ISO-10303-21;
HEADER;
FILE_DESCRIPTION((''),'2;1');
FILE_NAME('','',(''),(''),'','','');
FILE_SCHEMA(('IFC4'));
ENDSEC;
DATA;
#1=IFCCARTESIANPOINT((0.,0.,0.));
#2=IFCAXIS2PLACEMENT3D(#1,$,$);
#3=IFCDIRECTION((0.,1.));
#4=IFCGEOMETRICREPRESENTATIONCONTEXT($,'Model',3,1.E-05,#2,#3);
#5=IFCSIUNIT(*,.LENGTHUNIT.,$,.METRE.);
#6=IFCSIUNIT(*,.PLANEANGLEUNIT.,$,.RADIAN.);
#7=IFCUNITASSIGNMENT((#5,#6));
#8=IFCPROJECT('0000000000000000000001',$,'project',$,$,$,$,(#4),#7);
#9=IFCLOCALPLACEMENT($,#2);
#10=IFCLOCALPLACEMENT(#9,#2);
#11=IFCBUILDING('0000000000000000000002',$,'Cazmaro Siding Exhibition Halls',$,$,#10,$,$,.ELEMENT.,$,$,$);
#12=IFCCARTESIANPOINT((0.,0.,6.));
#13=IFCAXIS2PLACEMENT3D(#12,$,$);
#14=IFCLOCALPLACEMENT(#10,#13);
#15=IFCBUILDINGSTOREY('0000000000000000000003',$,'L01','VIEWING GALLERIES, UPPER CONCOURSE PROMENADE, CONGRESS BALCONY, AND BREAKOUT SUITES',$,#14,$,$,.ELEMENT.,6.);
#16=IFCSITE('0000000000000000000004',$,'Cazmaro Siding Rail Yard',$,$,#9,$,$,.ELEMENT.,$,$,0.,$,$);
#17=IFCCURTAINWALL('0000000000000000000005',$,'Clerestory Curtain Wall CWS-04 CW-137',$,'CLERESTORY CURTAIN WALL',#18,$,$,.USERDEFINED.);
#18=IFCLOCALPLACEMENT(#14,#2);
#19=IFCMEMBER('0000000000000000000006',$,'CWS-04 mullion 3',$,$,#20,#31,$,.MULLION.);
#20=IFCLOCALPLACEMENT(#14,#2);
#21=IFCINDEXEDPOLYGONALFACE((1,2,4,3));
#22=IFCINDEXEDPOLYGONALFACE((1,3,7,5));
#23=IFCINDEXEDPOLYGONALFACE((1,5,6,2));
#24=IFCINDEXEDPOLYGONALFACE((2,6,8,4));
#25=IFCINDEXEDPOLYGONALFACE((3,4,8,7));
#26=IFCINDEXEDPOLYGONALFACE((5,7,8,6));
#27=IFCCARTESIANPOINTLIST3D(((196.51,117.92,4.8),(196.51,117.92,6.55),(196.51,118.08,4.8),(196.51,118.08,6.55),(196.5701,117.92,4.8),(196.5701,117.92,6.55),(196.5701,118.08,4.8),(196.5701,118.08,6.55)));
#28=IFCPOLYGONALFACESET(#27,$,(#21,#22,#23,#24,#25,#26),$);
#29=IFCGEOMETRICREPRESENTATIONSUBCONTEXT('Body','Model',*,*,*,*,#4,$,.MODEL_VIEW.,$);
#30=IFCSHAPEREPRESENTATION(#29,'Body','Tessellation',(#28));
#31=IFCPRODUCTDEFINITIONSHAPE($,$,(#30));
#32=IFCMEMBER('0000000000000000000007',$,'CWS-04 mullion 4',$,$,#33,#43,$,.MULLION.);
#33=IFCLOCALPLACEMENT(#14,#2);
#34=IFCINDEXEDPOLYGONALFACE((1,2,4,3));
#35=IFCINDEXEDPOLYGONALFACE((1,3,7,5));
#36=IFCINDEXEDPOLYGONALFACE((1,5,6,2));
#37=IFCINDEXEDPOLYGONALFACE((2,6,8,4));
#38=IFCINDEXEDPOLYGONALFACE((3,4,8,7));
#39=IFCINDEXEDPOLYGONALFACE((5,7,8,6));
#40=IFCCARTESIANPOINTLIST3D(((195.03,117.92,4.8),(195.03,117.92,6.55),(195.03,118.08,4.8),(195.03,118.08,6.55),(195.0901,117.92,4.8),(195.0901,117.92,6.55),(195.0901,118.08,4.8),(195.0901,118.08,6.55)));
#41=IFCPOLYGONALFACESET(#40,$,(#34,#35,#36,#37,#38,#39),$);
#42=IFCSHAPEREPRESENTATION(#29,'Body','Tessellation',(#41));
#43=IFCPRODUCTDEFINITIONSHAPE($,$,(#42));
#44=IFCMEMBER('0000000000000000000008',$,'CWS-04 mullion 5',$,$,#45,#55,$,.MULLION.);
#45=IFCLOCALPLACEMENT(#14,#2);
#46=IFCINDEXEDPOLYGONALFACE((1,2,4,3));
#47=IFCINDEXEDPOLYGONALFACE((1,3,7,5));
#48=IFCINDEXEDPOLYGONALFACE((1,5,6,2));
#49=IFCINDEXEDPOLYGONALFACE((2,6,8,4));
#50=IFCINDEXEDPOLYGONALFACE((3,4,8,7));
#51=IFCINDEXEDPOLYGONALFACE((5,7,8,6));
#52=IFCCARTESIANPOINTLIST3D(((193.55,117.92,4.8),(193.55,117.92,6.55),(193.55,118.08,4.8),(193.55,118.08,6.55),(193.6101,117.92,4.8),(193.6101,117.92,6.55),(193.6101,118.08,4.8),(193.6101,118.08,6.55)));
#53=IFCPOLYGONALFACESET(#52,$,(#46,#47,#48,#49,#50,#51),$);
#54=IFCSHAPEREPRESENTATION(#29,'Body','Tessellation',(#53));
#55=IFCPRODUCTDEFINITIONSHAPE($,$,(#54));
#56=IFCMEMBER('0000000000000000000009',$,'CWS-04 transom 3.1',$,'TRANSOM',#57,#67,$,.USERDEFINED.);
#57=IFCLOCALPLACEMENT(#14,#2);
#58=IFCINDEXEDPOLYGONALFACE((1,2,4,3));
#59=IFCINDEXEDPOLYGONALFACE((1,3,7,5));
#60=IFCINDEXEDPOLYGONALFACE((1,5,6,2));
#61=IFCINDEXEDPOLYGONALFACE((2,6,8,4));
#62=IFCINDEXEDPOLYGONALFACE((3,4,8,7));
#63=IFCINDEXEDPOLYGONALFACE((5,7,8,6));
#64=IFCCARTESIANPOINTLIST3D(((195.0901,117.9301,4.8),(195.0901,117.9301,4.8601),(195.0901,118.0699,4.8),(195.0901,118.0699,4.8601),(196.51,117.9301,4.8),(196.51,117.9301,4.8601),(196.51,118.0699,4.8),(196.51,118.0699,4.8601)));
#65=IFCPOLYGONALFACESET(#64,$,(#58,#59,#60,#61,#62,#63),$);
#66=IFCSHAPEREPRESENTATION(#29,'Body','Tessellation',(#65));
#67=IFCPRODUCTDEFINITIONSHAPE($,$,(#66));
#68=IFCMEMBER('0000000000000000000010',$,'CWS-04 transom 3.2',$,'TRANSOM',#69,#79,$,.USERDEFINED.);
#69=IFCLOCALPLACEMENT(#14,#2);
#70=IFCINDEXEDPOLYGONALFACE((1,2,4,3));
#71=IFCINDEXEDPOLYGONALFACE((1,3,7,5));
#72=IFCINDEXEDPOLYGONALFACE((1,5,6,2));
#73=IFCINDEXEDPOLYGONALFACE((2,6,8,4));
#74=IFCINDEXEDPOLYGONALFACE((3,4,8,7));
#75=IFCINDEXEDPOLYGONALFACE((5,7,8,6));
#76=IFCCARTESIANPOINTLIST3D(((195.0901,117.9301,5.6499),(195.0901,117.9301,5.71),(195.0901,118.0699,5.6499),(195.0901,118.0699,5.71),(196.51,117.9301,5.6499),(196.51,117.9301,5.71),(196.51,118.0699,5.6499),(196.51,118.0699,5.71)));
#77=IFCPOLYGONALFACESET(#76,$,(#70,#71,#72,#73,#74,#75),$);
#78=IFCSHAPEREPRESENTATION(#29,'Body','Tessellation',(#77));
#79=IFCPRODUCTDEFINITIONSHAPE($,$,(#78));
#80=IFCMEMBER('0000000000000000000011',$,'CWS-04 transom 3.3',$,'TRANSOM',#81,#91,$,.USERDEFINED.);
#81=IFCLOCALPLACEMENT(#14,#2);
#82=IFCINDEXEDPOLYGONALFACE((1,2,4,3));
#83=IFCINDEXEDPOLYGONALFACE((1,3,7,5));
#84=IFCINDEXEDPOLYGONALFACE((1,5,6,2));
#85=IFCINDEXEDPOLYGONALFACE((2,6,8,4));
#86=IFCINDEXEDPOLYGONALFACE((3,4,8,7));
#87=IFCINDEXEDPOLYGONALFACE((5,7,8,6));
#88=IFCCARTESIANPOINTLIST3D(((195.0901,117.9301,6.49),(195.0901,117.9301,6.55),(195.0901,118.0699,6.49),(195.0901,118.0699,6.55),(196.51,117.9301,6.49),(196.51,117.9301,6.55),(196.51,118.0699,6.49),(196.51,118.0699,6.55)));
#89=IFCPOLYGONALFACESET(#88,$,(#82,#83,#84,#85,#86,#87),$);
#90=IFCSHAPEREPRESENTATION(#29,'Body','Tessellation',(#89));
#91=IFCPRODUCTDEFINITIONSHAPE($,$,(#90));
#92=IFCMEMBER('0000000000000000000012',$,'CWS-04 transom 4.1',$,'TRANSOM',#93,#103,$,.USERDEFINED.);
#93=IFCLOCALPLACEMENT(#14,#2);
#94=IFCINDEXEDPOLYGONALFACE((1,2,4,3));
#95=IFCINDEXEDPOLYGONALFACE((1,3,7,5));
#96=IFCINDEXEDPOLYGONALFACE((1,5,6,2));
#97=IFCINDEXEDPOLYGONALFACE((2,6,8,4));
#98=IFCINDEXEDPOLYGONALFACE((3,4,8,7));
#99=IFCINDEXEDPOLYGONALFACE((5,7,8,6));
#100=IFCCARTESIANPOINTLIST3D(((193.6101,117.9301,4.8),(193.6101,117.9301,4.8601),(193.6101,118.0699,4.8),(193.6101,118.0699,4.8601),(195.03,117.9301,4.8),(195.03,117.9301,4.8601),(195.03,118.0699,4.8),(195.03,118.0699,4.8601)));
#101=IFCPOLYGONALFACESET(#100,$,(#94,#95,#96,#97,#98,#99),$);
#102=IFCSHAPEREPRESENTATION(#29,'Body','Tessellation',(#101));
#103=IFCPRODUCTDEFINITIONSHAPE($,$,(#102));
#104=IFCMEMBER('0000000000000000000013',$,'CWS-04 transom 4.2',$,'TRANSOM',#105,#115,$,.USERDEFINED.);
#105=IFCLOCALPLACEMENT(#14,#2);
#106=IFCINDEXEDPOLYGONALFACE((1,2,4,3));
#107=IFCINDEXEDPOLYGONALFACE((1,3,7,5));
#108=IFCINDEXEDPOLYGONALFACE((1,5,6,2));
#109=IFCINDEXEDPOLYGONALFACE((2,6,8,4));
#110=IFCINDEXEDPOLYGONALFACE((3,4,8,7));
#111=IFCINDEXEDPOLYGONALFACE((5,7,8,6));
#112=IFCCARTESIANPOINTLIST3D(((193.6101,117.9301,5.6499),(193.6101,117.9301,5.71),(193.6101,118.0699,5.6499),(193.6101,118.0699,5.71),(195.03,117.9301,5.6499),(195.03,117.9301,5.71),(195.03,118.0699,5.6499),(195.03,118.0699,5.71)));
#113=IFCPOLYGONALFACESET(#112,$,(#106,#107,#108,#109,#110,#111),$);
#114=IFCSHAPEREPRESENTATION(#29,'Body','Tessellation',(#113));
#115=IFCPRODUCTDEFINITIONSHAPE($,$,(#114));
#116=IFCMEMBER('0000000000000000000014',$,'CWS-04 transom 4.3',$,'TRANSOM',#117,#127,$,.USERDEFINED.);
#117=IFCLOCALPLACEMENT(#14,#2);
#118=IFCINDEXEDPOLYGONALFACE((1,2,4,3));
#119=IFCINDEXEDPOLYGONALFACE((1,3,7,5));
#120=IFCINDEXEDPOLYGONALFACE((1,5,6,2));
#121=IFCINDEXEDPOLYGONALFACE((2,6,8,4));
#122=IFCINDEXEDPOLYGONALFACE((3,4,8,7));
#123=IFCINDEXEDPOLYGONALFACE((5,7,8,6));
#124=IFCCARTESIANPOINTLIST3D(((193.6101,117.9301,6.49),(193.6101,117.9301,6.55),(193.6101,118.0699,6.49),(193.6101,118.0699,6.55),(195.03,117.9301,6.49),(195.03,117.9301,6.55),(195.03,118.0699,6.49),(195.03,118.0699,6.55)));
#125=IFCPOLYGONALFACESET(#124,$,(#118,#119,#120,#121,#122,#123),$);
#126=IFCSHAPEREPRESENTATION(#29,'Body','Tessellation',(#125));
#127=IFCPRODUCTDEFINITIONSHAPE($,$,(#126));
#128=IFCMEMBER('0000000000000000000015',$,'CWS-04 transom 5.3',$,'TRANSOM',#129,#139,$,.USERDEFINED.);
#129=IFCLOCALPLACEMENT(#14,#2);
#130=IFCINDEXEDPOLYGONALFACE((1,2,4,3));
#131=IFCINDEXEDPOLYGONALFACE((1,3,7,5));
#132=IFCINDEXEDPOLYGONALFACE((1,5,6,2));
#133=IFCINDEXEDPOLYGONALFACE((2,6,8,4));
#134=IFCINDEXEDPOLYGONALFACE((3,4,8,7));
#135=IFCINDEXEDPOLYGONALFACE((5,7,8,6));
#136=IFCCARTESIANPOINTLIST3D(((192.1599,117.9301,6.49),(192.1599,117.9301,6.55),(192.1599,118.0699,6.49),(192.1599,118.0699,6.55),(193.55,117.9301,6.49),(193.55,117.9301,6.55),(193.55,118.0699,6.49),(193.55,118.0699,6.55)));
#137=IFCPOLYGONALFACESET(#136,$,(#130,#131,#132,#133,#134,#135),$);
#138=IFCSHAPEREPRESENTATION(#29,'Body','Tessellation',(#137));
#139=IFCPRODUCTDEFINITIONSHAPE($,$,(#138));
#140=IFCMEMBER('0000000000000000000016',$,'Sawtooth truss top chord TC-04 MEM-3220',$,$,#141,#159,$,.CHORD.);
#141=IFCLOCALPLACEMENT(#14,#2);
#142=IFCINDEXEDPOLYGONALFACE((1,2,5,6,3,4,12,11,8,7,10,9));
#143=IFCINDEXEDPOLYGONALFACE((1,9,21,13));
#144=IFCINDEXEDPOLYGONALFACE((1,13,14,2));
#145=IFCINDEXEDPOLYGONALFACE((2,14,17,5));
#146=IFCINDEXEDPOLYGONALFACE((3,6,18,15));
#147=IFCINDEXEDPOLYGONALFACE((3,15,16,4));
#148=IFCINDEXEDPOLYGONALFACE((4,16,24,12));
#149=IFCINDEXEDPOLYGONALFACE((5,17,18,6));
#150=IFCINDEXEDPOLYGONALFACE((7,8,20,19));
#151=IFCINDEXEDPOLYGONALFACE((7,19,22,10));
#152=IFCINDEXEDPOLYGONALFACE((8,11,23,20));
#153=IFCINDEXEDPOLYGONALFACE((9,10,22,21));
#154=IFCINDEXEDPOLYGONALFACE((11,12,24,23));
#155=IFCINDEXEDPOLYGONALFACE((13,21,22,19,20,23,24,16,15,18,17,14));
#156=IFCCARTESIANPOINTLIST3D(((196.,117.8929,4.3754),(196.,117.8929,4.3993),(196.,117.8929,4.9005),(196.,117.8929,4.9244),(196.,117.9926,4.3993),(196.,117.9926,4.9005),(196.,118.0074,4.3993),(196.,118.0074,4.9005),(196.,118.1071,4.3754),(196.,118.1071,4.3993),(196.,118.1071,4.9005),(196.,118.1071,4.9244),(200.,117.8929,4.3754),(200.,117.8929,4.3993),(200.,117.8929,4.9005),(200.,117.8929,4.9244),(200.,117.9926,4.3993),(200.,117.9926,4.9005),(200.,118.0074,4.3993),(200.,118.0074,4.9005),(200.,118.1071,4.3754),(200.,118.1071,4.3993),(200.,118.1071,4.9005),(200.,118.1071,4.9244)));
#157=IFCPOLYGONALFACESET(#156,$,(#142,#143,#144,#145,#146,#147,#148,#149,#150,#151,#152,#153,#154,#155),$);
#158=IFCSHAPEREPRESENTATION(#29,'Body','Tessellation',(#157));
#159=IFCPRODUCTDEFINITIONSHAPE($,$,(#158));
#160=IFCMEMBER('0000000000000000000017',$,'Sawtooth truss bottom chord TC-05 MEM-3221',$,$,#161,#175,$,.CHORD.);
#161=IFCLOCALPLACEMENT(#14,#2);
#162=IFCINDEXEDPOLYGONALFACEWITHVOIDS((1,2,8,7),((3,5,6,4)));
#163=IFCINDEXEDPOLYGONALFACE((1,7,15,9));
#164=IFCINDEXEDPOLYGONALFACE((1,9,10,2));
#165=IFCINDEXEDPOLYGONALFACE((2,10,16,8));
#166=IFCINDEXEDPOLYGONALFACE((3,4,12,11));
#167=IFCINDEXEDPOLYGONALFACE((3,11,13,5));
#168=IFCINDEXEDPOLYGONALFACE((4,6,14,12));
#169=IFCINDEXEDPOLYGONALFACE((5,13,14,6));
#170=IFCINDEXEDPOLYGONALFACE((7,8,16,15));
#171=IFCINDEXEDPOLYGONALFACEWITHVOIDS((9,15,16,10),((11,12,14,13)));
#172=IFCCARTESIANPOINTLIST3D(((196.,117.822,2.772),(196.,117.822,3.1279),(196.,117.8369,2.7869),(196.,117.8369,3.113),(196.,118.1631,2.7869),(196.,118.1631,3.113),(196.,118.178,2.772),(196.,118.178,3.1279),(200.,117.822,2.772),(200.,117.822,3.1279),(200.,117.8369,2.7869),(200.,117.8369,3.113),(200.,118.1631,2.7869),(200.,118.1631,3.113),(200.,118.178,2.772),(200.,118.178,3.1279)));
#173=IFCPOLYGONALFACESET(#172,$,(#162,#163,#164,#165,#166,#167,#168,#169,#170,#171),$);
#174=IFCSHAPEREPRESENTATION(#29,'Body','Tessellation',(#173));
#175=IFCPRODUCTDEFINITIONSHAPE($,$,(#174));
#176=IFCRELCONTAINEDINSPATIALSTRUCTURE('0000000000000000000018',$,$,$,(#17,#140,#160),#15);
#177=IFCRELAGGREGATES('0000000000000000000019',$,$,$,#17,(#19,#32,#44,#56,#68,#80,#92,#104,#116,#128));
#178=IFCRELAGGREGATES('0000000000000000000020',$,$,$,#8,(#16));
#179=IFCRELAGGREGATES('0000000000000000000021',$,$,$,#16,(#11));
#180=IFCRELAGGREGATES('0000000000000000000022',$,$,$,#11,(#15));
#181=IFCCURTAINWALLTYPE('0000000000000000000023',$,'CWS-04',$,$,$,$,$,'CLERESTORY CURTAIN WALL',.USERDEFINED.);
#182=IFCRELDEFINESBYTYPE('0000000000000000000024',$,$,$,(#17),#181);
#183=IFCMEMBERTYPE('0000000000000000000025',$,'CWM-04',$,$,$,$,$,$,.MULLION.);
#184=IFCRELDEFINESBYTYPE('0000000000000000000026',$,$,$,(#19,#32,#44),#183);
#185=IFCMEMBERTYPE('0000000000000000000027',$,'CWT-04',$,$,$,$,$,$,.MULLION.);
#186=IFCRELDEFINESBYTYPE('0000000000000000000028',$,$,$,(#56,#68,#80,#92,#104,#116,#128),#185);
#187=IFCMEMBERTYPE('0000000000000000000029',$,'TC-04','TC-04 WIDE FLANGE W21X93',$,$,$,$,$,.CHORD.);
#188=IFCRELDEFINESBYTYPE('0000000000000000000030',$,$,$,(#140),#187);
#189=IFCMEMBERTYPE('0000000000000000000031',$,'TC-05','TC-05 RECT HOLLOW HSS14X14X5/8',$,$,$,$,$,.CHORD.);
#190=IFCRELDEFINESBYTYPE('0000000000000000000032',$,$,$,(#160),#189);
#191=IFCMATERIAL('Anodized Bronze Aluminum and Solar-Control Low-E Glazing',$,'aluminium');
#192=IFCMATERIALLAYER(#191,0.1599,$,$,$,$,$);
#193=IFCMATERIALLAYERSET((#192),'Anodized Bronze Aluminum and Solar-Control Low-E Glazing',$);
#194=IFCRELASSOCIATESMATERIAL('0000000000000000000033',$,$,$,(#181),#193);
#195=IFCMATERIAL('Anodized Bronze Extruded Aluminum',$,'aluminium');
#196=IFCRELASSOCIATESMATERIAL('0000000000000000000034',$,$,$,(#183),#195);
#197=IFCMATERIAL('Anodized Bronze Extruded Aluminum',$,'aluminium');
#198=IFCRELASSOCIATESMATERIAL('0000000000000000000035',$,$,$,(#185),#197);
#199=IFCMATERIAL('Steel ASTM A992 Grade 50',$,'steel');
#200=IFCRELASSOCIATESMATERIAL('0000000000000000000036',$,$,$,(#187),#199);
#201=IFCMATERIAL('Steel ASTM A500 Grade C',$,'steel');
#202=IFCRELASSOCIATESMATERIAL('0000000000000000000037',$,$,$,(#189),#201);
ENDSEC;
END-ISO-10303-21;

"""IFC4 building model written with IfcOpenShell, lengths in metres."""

from ifc_helpers import new_model, si_unit, direction, frame, origin, origin_2d, place, context, subcontext, project, spatial, rectangle, hollow_rectangle, i_section, extrude, material, layer, layer_set, material_profile, profile_set, type_object, element, aggregate, save


model = new_model("IFC4")

# Units and contexts
model_context = context("Model", 3, precision=1e-05, world=origin(), true_north=direction((0.0, 1.0)))
body_context = subcontext(model_context, "Body", "Model", "MODEL_VIEW")
ifc_project = project(units=[si_unit("LENGTHUNIT", "METRE"), si_unit("PLANEANGLEUNIT", "RADIAN")], contexts=[model_context])

# Site, building, storey
site_placement = place(None, origin())
site = spatial("IfcSite", under=ifc_project, at=site_placement, Name="Cazmaro Siding Rail Yard", CompositionType="ELEMENT", RefElevation=0.0)
building_placement = place(site_placement, origin())
building = spatial("IfcBuilding", under=site, at=building_placement, Name="Cazmaro Siding Exhibition Halls", CompositionType="ELEMENT")
storey_placement = place(building_placement, frame((0.0, 0.0, 6.0)))
storey = spatial("IfcBuildingStorey", under=building, at=storey_placement, Name="L01", Description="VIEWING GALLERIES, UPPER CONCOURSE PROMENADE, CONGRESS BALCONY, AND BREAKOUT SUITES", CompositionType="ELEMENT", Elevation=6.0)

# Curtain wall, members
ifc_material_1 = material(Name="Anodized Bronze Aluminum and Solar-Control Low-E Glazing", Category="aluminium")
ifc_layer_1 = layer(ifc_material_1, 0.1599)
ifc_layer_set_1 = layer_set([ifc_layer_1], Name="Anodized Bronze Aluminum and Solar-Control Low-E Glazing")
curtain_wall_type = type_object("IfcCurtainWallType", Name="CWS-04", ElementType="CLERESTORY CURTAIN WALL", PredefinedType="USERDEFINED", material=ifc_layer_set_1)
curtain_wall_placement = place(storey_placement, origin())
curtain_wall = element("IfcCurtainWall", 1, at=curtain_wall_placement, inside=storey, type_object=curtain_wall_type, Name="Clerestory Curtain Wall CWS-04 CW-137", ObjectType="CLERESTORY CURTAIN WALL", PredefinedType="USERDEFINED")
ifc_material_2 = material(Name="Anodized Bronze Extruded Aluminum", Category="aluminium")
ifc_material_profile_1 = material_profile(ifc_material_2, rectangle(XDim=0.1599, YDim=0.0601, at=origin_2d()), Name="CWM-04")
ifc_profile_set_1 = profile_set([ifc_material_profile_1], Name="Anodized Bronze Extruded Aluminum")
member_type_1 = type_object("IfcMemberType", Name="CWM-04", PredefinedType="MULLION", material=ifc_profile_set_1)
member_1_placement = place(storey_placement, frame((196.54, 118.0, 4.8), z_axis=(0.0, 0.0, 1.0), x_axis=(0.0, -1.0, 0.0)))
member_1 = element("IfcMember", 2, at=member_1_placement, type_object=member_type_1, Name="CWS-04 mullion 3", PredefinedType="MULLION", context=body_context, shape_type="SweptSolid", body=[
    extrude(rectangle(XDim=0.1599, YDim=0.0601, at=origin_2d()), origin(), (0.0, 0.0, 1.0), 1.75),
])
member_2_placement = place(storey_placement, frame((195.0601, 118.0, 4.8), z_axis=(0.0, 0.0, 1.0), x_axis=(0.0, -1.0, 0.0)))
member_2 = element("IfcMember", 3, at=member_2_placement, type_object=member_type_1, Name="CWS-04 mullion 4", PredefinedType="MULLION", context=body_context, shape_type="SweptSolid", body=[
    extrude(rectangle(XDim=0.1599, YDim=0.0601, at=origin_2d()), origin(), (0.0, 0.0, 1.0), 1.75),
])
member_3_placement = place(storey_placement, frame((193.5801, 118.0, 4.8), z_axis=(0.0, 0.0, 1.0), x_axis=(0.0, -1.0, 0.0)))
member_3 = element("IfcMember", 4, at=member_3_placement, type_object=member_type_1, Name="CWS-04 mullion 5", PredefinedType="MULLION", context=body_context, shape_type="SweptSolid", body=[
    extrude(rectangle(XDim=0.1599, YDim=0.0601, at=origin_2d()), origin(), (0.0, 0.0, 1.0), 1.75),
])
ifc_material_3 = material(Name="Anodized Bronze Extruded Aluminum", Category="aluminium")
ifc_material_profile_2 = material_profile(ifc_material_3, rectangle(XDim=0.1399, YDim=0.0601, at=origin_2d()), Name="CWT-04")
ifc_profile_set_2 = profile_set([ifc_material_profile_2], Name="Anodized Bronze Extruded Aluminum")
member_type_2 = type_object("IfcMemberType", Name="CWT-04", PredefinedType="MULLION", material=ifc_profile_set_2)
member_4_placement = place(storey_placement, frame((196.51, 118.0, 4.8301), z_axis=(-1.0, 0.0, 0.0), x_axis=(0.0, -1.0, 0.0)))
member_4 = element("IfcMember", 5, at=member_4_placement, type_object=member_type_2, Name="CWS-04 transom 3.1", ObjectType="TRANSOM", PredefinedType="USERDEFINED", context=body_context, shape_type="SweptSolid", body=[
    extrude(rectangle(XDim=0.1399, YDim=0.0601, at=origin_2d()), origin(), (0.0, 0.0, 1.0), 1.4199),
])
member_5_placement = place(storey_placement, frame((196.51, 118.0, 5.6799), z_axis=(-1.0, 0.0, 0.0), x_axis=(0.0, -1.0, 0.0)))
member_5 = element("IfcMember", 6, at=member_5_placement, type_object=member_type_2, Name="CWS-04 transom 3.2", ObjectType="TRANSOM", PredefinedType="USERDEFINED", context=body_context, shape_type="SweptSolid", body=[
    extrude(rectangle(XDim=0.1399, YDim=0.0601, at=origin_2d()), origin(), (0.0, 0.0, 1.0), 1.4199),
])
member_6_placement = place(storey_placement, frame((196.51, 118.0, 6.52), z_axis=(-1.0, 0.0, 0.0), x_axis=(0.0, -1.0, 0.0)))
member_6 = element("IfcMember", 7, at=member_6_placement, type_object=member_type_2, Name="CWS-04 transom 3.3", ObjectType="TRANSOM", PredefinedType="USERDEFINED", context=body_context, shape_type="SweptSolid", body=[
    extrude(rectangle(XDim=0.1399, YDim=0.0601, at=origin_2d()), origin(), (0.0, 0.0, 1.0), 1.4199),
])
member_7_placement = place(storey_placement, frame((195.03, 118.0, 4.8301), z_axis=(-1.0, 0.0, 0.0), x_axis=(0.0, -1.0, 0.0)))
member_7 = element("IfcMember", 8, at=member_7_placement, type_object=member_type_2, Name="CWS-04 transom 4.1", ObjectType="TRANSOM", PredefinedType="USERDEFINED", context=body_context, shape_type="SweptSolid", body=[
    extrude(rectangle(XDim=0.1399, YDim=0.0601, at=origin_2d()), origin(), (0.0, 0.0, 1.0), 1.4199),
])
member_8_placement = place(storey_placement, frame((195.03, 118.0, 5.6799), z_axis=(-1.0, 0.0, 0.0), x_axis=(0.0, -1.0, 0.0)))
member_8 = element("IfcMember", 9, at=member_8_placement, type_object=member_type_2, Name="CWS-04 transom 4.2", ObjectType="TRANSOM", PredefinedType="USERDEFINED", context=body_context, shape_type="SweptSolid", body=[
    extrude(rectangle(XDim=0.1399, YDim=0.0601, at=origin_2d()), origin(), (0.0, 0.0, 1.0), 1.4199),
])
member_9_placement = place(storey_placement, frame((195.03, 118.0, 6.52), z_axis=(-1.0, 0.0, 0.0), x_axis=(0.0, -1.0, 0.0)))
member_9 = element("IfcMember", 10, at=member_9_placement, type_object=member_type_2, Name="CWS-04 transom 4.3", ObjectType="TRANSOM", PredefinedType="USERDEFINED", context=body_context, shape_type="SweptSolid", body=[
    extrude(rectangle(XDim=0.1399, YDim=0.0601, at=origin_2d()), origin(), (0.0, 0.0, 1.0), 1.4199),
])
member_10_placement = place(storey_placement, frame((193.55, 118.0, 6.52), z_axis=(-1.0, 0.0, 0.0), x_axis=(0.0, -1.0, 0.0)))
member_10 = element("IfcMember", 11, at=member_10_placement, type_object=member_type_2, Name="CWS-04 transom 5.3", ObjectType="TRANSOM", PredefinedType="USERDEFINED", context=body_context, shape_type="SweptSolid", body=[
    extrude(rectangle(XDim=0.1399, YDim=0.0601, at=origin_2d()), origin(), (0.0, 0.0, 1.0), 1.3901),
])

# Members
ifc_material_4 = material(Name="Steel ASTM A992 Grade 50", Category="steel")
ifc_material_profile_3 = material_profile(ifc_material_4, i_section(OverallWidth=0.2141, OverallDepth=0.5491, WebThickness=0.0149, FlangeThickness=0.0239, at=origin_2d()), Name="W21X93")
ifc_profile_set_3 = profile_set([ifc_material_profile_3], Name="Steel ASTM A992 Grade 50")
member_type_3 = type_object("IfcMemberType", Name="TC-04", Description="TC-04 WIDE FLANGE W21X93", PredefinedType="CHORD", material=ifc_profile_set_3)
member_11_placement = place(storey_placement, frame((196.0, 118.0, 4.6499), z_axis=(1.0, 0.0, 0.0), x_axis=(0.0, 1.0, 0.0)))
element("IfcMember", 12, at=member_11_placement, inside=storey, type_object=member_type_3, Name="Sawtooth truss top chord TC-04 MEM-3220", PredefinedType="CHORD", context=body_context, shape_type="SweptSolid", body=[
    extrude(i_section(OverallWidth=0.2141, OverallDepth=0.5491, WebThickness=0.0149, FlangeThickness=0.0239, at=origin_2d()), origin(), (0.0, 0.0, 1.0), 4.0),
])
ifc_material_5 = material(Name="Steel ASTM A500 Grade C", Category="steel")
ifc_material_profile_4 = material_profile(ifc_material_5, hollow_rectangle(XDim=0.356, YDim=0.356, WallThickness=0.0149, at=origin_2d()), Name="HSS14X14X5/8")
ifc_profile_set_4 = profile_set([ifc_material_profile_4], Name="Steel ASTM A500 Grade C")
member_type_4 = type_object("IfcMemberType", Name="TC-05", Description="TC-05 RECT HOLLOW HSS14X14X5/8", PredefinedType="CHORD", material=ifc_profile_set_4)
member_12_placement = place(storey_placement, frame((196.0, 118.0, 2.95), z_axis=(1.0, 0.0, 0.0), x_axis=(0.0, 1.0, 0.0)))
element("IfcMember", 13, at=member_12_placement, inside=storey, type_object=member_type_4, Name="Sawtooth truss bottom chord TC-05 MEM-3221", PredefinedType="CHORD", context=body_context, shape_type="SweptSolid", body=[
    extrude(hollow_rectangle(XDim=0.356, YDim=0.356, WallThickness=0.0149, at=origin_2d()), origin(), (0.0, 0.0, 1.0), 4.0),
])

aggregate(curtain_wall, [member_1, member_2, member_3, member_4, member_5, member_6, member_7, member_8, member_9, member_10])

save(model, "model.ifc")
